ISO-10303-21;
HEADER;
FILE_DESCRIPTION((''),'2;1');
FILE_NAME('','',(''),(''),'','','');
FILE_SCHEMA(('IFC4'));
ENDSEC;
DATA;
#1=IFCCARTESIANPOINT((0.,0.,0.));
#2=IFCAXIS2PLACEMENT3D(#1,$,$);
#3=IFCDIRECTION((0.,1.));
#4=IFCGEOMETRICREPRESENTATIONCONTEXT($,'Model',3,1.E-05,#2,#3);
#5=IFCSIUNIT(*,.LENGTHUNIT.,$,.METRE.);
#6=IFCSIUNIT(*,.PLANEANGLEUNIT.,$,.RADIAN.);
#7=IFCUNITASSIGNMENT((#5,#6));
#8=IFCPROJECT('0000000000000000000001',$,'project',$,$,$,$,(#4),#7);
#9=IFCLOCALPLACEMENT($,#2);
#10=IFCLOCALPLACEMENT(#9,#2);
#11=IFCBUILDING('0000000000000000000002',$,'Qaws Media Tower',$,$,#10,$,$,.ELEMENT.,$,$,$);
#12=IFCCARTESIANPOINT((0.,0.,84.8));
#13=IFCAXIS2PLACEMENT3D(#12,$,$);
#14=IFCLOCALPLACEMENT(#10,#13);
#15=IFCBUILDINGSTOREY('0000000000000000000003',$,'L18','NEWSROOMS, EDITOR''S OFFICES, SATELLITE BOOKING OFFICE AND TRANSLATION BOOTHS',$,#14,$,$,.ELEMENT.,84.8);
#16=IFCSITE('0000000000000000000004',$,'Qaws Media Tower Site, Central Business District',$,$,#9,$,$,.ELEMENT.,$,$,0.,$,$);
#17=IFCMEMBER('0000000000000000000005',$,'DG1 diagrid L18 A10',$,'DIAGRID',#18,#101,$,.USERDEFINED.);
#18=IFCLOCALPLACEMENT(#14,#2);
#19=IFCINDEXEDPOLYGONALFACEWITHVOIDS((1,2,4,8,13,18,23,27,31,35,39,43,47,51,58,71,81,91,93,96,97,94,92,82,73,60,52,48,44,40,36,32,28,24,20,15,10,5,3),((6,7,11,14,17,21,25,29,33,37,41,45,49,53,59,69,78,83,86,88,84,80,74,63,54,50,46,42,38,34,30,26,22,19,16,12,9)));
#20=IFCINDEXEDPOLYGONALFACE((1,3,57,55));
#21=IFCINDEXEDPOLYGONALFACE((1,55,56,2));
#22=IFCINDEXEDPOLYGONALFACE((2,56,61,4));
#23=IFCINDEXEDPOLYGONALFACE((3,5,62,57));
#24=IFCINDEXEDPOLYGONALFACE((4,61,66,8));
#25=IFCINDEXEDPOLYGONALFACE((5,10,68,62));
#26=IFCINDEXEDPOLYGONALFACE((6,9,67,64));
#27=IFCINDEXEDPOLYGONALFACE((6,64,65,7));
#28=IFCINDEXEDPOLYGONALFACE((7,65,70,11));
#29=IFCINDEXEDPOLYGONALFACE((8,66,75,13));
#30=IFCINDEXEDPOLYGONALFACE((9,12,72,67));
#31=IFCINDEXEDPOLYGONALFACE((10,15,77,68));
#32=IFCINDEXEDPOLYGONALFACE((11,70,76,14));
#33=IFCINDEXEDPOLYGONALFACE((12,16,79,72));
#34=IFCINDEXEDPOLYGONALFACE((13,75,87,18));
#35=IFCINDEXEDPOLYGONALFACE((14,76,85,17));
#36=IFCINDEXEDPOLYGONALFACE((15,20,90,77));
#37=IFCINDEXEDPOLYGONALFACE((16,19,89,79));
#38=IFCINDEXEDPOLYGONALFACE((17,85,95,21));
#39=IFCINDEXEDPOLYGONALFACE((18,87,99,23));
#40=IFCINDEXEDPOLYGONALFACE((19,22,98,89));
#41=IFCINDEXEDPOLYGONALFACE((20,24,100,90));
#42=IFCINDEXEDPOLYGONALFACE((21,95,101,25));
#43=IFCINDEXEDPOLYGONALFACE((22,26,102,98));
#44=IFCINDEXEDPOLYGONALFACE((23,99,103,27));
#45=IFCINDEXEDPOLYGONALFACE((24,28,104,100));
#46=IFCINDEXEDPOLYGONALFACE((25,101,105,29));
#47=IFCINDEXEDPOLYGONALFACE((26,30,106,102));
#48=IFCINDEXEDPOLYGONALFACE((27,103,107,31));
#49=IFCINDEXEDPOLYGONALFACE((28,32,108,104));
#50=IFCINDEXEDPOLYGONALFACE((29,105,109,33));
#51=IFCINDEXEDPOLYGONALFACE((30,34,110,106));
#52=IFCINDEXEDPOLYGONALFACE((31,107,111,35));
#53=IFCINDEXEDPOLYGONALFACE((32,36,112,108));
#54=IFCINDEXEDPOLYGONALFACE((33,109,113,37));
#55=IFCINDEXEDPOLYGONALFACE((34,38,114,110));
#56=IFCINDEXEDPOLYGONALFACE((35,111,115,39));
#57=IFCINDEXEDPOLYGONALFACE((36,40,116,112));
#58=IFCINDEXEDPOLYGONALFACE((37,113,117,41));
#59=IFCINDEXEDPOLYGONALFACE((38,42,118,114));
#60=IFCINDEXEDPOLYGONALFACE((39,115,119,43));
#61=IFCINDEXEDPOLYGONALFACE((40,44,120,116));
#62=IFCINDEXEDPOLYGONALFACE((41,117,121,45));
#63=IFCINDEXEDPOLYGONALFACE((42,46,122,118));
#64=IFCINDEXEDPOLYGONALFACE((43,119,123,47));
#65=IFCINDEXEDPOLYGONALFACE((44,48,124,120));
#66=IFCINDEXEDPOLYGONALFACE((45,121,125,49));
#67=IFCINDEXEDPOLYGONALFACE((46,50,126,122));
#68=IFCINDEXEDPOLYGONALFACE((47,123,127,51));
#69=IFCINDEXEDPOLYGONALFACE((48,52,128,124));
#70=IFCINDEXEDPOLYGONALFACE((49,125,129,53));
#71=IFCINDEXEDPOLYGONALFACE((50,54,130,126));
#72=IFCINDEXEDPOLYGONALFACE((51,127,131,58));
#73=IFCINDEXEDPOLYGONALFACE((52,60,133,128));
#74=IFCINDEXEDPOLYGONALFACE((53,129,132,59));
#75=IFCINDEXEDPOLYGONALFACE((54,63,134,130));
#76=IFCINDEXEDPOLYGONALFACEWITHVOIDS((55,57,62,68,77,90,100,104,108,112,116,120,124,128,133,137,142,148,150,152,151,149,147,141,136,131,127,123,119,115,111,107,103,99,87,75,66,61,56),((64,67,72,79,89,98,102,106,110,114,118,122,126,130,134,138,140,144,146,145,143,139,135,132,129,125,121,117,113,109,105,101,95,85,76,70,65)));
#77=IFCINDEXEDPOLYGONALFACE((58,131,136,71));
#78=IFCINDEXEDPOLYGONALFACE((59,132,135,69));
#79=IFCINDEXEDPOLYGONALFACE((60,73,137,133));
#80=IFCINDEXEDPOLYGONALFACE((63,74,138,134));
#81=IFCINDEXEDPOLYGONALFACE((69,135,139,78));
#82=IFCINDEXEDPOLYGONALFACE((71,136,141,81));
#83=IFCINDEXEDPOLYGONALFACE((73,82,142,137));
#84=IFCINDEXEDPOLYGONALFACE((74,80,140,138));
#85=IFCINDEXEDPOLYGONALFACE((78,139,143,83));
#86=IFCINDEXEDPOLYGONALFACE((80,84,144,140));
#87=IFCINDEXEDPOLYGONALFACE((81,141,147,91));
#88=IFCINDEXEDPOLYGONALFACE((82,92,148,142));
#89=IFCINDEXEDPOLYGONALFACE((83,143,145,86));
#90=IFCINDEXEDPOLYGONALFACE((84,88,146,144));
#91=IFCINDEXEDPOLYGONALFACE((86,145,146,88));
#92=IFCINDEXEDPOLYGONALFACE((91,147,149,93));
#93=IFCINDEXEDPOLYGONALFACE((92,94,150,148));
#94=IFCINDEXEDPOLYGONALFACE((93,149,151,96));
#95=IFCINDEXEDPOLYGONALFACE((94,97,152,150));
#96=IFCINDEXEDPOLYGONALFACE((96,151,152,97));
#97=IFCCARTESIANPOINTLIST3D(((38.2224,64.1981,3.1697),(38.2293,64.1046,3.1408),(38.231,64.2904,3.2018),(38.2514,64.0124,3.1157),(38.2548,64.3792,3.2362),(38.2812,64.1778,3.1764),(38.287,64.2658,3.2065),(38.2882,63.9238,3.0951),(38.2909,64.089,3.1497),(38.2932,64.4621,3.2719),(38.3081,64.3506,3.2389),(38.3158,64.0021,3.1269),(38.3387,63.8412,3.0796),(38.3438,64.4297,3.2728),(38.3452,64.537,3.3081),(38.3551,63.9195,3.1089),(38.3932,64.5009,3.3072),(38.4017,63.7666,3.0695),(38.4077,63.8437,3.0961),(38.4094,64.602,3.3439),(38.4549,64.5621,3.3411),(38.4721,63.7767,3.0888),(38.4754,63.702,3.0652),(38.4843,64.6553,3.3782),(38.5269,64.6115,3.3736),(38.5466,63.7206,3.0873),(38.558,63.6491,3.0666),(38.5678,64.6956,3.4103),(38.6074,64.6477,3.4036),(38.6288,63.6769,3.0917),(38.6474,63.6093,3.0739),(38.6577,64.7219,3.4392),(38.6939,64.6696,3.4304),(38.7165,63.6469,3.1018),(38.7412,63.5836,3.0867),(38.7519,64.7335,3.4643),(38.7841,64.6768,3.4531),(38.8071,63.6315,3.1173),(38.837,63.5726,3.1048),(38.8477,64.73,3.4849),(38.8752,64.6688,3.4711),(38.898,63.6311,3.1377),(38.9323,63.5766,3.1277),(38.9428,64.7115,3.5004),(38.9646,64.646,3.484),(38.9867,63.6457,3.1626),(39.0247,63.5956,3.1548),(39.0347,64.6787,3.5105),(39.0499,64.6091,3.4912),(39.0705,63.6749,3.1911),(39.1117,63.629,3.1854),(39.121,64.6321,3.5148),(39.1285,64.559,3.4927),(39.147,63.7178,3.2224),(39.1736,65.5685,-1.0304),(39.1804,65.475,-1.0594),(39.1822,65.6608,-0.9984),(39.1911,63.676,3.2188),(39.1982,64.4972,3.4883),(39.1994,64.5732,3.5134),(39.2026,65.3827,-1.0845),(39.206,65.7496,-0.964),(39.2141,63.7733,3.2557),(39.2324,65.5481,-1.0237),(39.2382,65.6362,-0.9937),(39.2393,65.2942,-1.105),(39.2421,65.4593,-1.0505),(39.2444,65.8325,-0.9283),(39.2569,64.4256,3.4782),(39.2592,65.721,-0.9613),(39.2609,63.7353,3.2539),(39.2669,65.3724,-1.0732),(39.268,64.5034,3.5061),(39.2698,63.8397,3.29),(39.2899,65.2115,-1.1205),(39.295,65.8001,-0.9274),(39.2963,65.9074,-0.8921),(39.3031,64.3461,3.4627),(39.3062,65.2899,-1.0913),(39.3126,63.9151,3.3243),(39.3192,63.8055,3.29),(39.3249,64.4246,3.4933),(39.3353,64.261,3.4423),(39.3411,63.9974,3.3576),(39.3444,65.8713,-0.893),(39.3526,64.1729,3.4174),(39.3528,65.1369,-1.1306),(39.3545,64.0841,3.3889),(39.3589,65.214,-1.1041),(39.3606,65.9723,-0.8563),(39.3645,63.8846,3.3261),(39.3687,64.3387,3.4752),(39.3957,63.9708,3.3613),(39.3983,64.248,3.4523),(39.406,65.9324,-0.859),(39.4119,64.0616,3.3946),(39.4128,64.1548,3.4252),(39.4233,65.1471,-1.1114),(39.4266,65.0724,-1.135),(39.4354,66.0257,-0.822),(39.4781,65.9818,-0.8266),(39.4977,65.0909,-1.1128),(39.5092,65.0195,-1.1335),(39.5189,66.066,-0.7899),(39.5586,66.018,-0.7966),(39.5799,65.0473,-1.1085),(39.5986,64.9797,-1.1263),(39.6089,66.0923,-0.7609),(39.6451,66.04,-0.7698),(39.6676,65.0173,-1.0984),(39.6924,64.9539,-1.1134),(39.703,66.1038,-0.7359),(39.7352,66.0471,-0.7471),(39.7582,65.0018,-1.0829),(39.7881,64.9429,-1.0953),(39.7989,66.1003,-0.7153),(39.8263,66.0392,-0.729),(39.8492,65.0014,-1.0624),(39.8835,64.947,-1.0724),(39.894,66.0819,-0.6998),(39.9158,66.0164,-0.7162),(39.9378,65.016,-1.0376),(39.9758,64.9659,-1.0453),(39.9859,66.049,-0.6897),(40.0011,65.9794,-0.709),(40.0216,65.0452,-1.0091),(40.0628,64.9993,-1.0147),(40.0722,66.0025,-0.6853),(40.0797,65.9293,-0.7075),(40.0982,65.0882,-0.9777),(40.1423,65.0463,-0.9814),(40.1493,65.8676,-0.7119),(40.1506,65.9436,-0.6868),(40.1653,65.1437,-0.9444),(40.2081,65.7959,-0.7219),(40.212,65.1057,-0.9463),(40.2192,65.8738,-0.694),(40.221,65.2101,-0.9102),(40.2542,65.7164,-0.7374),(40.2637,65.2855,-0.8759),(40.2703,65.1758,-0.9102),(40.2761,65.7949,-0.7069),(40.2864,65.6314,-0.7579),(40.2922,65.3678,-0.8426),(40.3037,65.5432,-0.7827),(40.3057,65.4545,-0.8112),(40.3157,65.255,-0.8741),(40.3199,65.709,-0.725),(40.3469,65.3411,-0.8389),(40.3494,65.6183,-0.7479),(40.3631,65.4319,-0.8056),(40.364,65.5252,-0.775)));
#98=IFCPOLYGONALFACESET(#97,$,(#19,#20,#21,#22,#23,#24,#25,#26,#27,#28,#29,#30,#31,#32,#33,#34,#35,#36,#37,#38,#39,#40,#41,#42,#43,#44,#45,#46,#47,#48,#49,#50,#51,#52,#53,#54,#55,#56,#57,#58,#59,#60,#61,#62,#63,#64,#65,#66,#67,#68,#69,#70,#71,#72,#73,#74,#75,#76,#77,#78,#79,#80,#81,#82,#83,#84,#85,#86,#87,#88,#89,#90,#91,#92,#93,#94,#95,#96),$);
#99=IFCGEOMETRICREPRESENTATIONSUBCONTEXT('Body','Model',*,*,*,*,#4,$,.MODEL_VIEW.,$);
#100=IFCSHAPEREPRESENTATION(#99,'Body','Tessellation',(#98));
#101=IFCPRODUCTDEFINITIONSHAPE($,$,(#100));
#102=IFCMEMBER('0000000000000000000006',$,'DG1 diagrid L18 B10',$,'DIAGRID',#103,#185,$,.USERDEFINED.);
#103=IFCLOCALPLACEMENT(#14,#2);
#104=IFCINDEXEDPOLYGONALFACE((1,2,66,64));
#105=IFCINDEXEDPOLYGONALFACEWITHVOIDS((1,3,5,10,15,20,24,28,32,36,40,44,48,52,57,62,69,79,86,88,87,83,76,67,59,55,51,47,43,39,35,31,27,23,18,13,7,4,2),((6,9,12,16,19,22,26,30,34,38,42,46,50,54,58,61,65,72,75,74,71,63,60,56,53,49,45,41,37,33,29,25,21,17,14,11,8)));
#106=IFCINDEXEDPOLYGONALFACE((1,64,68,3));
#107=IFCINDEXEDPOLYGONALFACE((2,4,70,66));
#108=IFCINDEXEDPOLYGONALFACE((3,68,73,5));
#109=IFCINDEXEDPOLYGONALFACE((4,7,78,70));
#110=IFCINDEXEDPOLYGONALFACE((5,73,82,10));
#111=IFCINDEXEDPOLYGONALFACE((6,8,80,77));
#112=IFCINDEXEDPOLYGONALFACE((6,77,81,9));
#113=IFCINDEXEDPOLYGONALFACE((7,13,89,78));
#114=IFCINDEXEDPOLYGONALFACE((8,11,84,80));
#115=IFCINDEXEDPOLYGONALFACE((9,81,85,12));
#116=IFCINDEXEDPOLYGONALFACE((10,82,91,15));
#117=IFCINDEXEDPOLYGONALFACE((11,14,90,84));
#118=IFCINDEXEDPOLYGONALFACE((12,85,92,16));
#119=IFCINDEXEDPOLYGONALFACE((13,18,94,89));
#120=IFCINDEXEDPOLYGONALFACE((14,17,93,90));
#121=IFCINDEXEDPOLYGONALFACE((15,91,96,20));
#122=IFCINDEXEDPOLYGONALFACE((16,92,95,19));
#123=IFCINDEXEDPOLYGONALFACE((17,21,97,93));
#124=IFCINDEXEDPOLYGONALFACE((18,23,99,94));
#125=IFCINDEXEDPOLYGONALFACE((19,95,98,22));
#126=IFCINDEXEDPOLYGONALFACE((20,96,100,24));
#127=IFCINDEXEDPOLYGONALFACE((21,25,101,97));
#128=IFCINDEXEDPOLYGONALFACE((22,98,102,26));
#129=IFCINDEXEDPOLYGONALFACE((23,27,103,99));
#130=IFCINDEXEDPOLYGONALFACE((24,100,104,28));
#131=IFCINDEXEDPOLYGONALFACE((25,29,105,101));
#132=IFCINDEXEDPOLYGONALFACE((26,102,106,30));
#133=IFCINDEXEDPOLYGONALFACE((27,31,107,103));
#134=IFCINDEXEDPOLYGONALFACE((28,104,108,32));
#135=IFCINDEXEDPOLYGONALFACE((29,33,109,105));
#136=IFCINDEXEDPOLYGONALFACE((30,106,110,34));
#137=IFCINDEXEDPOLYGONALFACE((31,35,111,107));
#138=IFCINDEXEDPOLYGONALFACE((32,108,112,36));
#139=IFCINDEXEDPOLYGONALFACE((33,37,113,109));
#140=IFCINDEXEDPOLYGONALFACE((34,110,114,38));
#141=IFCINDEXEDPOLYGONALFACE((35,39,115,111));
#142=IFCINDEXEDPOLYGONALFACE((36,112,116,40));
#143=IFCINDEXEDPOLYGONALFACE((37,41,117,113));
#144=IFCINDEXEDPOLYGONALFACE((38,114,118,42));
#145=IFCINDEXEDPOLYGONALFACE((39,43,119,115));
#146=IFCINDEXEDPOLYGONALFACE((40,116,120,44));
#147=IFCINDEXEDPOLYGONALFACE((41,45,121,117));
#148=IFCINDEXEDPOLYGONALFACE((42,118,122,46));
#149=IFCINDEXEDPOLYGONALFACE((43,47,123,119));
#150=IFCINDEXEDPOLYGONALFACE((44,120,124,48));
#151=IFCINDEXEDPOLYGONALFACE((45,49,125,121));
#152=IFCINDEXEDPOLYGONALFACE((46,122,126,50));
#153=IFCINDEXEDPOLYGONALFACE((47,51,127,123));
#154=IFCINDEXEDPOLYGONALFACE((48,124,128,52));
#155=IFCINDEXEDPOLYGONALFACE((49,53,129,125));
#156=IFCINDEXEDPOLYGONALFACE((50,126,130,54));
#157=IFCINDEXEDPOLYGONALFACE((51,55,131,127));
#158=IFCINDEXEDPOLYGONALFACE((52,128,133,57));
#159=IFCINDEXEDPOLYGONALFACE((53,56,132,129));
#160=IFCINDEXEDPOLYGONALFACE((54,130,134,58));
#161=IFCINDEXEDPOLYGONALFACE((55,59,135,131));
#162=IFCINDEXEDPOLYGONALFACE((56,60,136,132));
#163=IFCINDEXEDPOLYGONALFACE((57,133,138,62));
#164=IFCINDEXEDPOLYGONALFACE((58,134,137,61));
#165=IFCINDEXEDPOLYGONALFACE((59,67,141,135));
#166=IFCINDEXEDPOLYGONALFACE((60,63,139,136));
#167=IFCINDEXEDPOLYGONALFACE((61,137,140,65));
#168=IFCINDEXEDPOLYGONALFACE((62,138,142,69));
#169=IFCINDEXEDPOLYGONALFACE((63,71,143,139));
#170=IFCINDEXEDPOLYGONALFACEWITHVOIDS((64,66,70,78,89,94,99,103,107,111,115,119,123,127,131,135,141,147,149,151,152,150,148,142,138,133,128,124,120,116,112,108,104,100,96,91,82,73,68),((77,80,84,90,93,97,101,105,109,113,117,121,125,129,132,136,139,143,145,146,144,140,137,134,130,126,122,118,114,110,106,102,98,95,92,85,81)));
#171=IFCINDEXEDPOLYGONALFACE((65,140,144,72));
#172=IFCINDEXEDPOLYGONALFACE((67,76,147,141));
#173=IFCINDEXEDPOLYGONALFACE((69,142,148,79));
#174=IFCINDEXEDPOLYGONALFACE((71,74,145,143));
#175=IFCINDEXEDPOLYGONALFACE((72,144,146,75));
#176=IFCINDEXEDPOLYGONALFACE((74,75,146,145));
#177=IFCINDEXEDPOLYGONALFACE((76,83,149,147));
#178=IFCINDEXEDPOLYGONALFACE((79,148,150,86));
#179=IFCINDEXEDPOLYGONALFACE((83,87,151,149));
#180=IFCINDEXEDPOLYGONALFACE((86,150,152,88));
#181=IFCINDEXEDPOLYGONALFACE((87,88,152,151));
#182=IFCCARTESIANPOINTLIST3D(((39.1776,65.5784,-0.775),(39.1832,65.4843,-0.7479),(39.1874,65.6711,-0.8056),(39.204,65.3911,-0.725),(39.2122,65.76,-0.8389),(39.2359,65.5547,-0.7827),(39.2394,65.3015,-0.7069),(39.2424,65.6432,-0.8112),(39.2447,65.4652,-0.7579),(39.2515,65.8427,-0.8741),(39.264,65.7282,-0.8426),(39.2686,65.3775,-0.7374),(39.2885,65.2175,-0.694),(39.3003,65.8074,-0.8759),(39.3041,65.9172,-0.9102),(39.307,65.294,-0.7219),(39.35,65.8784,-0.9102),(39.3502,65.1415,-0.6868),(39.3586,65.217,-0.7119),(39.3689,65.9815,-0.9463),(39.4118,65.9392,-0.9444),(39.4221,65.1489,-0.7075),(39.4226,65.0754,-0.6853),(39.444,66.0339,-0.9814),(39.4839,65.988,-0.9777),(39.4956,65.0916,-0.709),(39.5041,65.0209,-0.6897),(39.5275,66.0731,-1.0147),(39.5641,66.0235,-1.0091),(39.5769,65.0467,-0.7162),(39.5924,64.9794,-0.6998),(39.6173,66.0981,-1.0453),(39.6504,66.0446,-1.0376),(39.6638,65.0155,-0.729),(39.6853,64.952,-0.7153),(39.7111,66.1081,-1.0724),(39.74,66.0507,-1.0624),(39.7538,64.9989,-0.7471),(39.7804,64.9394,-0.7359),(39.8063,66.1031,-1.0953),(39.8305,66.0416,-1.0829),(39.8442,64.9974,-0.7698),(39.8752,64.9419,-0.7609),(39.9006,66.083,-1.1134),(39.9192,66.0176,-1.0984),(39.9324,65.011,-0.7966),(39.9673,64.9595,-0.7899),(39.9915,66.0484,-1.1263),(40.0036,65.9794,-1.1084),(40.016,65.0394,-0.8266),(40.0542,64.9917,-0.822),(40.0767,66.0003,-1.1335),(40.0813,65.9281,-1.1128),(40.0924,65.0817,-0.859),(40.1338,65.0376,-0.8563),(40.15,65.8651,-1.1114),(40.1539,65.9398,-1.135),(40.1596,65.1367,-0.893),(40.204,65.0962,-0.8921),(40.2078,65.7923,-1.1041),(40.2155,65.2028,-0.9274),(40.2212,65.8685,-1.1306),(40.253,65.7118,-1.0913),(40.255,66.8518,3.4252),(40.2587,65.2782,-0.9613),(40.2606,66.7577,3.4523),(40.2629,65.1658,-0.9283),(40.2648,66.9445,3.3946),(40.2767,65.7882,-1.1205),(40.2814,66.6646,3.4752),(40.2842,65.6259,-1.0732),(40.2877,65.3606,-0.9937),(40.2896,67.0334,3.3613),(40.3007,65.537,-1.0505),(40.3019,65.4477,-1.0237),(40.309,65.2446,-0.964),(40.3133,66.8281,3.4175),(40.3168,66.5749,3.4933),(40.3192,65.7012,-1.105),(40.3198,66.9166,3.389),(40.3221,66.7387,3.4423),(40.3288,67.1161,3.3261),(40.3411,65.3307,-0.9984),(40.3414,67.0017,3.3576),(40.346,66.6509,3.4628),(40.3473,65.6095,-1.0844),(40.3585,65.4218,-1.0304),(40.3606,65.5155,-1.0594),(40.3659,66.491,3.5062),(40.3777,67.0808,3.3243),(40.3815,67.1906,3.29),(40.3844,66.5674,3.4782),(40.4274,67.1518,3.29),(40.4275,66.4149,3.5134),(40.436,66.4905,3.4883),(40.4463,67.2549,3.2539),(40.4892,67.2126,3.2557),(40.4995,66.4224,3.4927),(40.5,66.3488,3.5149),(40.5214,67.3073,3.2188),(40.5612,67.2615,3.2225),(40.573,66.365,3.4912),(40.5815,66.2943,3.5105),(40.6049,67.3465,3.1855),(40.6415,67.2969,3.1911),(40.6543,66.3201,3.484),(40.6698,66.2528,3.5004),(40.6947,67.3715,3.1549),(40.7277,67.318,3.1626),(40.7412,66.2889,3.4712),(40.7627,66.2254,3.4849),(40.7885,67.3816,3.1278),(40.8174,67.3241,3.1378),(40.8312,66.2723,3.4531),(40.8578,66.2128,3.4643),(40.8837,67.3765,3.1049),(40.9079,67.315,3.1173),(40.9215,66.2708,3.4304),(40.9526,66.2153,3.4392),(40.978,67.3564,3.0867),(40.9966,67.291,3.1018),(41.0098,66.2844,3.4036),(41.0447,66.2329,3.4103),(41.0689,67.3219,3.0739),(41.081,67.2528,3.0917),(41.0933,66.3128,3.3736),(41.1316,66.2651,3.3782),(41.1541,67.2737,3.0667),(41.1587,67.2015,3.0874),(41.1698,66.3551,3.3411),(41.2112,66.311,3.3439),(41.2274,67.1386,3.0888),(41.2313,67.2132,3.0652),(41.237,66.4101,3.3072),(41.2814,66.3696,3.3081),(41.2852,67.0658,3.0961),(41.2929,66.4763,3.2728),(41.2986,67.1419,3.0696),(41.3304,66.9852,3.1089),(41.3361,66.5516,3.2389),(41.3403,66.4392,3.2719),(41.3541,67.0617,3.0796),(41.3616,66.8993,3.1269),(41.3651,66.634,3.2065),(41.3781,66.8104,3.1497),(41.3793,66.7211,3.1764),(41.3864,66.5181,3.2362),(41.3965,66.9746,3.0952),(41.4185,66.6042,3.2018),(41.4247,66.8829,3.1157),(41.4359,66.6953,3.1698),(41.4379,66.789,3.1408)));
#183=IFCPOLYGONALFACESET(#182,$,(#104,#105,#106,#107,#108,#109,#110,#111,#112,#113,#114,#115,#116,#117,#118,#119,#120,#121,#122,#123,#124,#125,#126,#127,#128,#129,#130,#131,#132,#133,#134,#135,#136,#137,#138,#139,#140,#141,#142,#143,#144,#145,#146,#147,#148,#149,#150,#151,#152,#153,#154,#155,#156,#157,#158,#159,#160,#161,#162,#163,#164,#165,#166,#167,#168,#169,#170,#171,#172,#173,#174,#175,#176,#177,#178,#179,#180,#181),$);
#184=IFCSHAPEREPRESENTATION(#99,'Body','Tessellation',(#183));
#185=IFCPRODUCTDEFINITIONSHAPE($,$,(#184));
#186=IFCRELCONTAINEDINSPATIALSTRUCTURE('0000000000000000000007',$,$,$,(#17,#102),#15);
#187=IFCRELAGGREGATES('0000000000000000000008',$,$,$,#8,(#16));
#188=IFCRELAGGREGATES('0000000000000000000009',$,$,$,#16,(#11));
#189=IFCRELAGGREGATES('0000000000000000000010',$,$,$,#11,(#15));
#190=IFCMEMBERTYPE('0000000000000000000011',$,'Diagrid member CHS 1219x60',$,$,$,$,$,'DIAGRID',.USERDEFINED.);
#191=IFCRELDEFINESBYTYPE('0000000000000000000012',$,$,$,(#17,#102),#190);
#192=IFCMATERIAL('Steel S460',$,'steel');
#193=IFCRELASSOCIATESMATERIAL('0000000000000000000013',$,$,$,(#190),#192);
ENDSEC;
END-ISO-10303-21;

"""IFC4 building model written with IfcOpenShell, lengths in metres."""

from ifc_helpers import new_model, si_unit, direction, frame, origin, origin_2d, place, context, subcontext, project, spatial, hollow_circle, extrude, material, material_profile, profile_set, type_object, element, save


model = new_model("IFC4")

# Units and contexts
model_context = context("Model", 3, precision=1e-05, world=origin(), true_north=direction((0.0, 1.0)))
body_context = subcontext(model_context, "Body", "Model", "MODEL_VIEW")
ifc_project = project(units=[si_unit("LENGTHUNIT", "METRE"), si_unit("PLANEANGLEUNIT", "RADIAN")], contexts=[model_context])

# Site, building, storey
site_placement = place(None, origin())
site = spatial("IfcSite", under=ifc_project, at=site_placement, Name="Qaws Media Tower Site, Central Business District", CompositionType="ELEMENT", RefElevation=0.0)
building_placement = place(site_placement, origin())
building = spatial("IfcBuilding", under=site, at=building_placement, Name="Qaws Media Tower", CompositionType="ELEMENT")
storey_placement = place(building_placement, frame((0.0, 0.0, 84.8)))
storey = spatial("IfcBuildingStorey", under=building, at=storey_placement, Name="L18", Description="NEWSROOMS, EDITOR'S OFFICES, SATELLITE BOOKING OFFICE AND TRANSLATION BOOTHS", CompositionType="ELEMENT", Elevation=84.8)

# Members
ifc_material_1 = material(Name="Steel S460", Category="steel")
ifc_material_profile_1 = material_profile(ifc_material_1, hollow_circle(Radius=0.6096, WallThickness=0.0601, at=origin_2d()), Name="CHS 1219x60")
ifc_profile_set_1 = profile_set([ifc_material_profile_1], Name="Steel S460")
member_type_1 = type_object("IfcMemberType", Name="Diagrid member CHS 1219x60", ElementType="DIAGRID", PredefinedType="USERDEFINED", material=ifc_profile_set_1)
for number, where, z_axis, x_axis, name in (
    (1, (39.7695, 65.5234, -0.9102), (-0.210468, -0.303223, 0.929386), (0.821501, -0.570207, 0.0), "DG1 diagrid L18 A10"),
    (2, (39.7695, 65.5234, -0.9102), (0.238398, 0.281778, 0.929391), (-0.763425, 0.645896, 0.0), "DG1 diagrid L18 B10"),
):
    element("IfcMember", number, at=place(storey_placement, frame(where, z_axis=z_axis, x_axis=x_axis)), inside=storey, type_object=member_type_1, Name=name, ObjectType="DIAGRID", PredefinedType="USERDEFINED", context=body_context, shape_type="SweptSolid", body=[
        extrude(hollow_circle(Radius=0.6096, WallThickness=0.0601, at=origin_2d()), origin(), (0.0, 0.0, 1.0), 4.5193),
    ])

save(model, "model.ifc")
